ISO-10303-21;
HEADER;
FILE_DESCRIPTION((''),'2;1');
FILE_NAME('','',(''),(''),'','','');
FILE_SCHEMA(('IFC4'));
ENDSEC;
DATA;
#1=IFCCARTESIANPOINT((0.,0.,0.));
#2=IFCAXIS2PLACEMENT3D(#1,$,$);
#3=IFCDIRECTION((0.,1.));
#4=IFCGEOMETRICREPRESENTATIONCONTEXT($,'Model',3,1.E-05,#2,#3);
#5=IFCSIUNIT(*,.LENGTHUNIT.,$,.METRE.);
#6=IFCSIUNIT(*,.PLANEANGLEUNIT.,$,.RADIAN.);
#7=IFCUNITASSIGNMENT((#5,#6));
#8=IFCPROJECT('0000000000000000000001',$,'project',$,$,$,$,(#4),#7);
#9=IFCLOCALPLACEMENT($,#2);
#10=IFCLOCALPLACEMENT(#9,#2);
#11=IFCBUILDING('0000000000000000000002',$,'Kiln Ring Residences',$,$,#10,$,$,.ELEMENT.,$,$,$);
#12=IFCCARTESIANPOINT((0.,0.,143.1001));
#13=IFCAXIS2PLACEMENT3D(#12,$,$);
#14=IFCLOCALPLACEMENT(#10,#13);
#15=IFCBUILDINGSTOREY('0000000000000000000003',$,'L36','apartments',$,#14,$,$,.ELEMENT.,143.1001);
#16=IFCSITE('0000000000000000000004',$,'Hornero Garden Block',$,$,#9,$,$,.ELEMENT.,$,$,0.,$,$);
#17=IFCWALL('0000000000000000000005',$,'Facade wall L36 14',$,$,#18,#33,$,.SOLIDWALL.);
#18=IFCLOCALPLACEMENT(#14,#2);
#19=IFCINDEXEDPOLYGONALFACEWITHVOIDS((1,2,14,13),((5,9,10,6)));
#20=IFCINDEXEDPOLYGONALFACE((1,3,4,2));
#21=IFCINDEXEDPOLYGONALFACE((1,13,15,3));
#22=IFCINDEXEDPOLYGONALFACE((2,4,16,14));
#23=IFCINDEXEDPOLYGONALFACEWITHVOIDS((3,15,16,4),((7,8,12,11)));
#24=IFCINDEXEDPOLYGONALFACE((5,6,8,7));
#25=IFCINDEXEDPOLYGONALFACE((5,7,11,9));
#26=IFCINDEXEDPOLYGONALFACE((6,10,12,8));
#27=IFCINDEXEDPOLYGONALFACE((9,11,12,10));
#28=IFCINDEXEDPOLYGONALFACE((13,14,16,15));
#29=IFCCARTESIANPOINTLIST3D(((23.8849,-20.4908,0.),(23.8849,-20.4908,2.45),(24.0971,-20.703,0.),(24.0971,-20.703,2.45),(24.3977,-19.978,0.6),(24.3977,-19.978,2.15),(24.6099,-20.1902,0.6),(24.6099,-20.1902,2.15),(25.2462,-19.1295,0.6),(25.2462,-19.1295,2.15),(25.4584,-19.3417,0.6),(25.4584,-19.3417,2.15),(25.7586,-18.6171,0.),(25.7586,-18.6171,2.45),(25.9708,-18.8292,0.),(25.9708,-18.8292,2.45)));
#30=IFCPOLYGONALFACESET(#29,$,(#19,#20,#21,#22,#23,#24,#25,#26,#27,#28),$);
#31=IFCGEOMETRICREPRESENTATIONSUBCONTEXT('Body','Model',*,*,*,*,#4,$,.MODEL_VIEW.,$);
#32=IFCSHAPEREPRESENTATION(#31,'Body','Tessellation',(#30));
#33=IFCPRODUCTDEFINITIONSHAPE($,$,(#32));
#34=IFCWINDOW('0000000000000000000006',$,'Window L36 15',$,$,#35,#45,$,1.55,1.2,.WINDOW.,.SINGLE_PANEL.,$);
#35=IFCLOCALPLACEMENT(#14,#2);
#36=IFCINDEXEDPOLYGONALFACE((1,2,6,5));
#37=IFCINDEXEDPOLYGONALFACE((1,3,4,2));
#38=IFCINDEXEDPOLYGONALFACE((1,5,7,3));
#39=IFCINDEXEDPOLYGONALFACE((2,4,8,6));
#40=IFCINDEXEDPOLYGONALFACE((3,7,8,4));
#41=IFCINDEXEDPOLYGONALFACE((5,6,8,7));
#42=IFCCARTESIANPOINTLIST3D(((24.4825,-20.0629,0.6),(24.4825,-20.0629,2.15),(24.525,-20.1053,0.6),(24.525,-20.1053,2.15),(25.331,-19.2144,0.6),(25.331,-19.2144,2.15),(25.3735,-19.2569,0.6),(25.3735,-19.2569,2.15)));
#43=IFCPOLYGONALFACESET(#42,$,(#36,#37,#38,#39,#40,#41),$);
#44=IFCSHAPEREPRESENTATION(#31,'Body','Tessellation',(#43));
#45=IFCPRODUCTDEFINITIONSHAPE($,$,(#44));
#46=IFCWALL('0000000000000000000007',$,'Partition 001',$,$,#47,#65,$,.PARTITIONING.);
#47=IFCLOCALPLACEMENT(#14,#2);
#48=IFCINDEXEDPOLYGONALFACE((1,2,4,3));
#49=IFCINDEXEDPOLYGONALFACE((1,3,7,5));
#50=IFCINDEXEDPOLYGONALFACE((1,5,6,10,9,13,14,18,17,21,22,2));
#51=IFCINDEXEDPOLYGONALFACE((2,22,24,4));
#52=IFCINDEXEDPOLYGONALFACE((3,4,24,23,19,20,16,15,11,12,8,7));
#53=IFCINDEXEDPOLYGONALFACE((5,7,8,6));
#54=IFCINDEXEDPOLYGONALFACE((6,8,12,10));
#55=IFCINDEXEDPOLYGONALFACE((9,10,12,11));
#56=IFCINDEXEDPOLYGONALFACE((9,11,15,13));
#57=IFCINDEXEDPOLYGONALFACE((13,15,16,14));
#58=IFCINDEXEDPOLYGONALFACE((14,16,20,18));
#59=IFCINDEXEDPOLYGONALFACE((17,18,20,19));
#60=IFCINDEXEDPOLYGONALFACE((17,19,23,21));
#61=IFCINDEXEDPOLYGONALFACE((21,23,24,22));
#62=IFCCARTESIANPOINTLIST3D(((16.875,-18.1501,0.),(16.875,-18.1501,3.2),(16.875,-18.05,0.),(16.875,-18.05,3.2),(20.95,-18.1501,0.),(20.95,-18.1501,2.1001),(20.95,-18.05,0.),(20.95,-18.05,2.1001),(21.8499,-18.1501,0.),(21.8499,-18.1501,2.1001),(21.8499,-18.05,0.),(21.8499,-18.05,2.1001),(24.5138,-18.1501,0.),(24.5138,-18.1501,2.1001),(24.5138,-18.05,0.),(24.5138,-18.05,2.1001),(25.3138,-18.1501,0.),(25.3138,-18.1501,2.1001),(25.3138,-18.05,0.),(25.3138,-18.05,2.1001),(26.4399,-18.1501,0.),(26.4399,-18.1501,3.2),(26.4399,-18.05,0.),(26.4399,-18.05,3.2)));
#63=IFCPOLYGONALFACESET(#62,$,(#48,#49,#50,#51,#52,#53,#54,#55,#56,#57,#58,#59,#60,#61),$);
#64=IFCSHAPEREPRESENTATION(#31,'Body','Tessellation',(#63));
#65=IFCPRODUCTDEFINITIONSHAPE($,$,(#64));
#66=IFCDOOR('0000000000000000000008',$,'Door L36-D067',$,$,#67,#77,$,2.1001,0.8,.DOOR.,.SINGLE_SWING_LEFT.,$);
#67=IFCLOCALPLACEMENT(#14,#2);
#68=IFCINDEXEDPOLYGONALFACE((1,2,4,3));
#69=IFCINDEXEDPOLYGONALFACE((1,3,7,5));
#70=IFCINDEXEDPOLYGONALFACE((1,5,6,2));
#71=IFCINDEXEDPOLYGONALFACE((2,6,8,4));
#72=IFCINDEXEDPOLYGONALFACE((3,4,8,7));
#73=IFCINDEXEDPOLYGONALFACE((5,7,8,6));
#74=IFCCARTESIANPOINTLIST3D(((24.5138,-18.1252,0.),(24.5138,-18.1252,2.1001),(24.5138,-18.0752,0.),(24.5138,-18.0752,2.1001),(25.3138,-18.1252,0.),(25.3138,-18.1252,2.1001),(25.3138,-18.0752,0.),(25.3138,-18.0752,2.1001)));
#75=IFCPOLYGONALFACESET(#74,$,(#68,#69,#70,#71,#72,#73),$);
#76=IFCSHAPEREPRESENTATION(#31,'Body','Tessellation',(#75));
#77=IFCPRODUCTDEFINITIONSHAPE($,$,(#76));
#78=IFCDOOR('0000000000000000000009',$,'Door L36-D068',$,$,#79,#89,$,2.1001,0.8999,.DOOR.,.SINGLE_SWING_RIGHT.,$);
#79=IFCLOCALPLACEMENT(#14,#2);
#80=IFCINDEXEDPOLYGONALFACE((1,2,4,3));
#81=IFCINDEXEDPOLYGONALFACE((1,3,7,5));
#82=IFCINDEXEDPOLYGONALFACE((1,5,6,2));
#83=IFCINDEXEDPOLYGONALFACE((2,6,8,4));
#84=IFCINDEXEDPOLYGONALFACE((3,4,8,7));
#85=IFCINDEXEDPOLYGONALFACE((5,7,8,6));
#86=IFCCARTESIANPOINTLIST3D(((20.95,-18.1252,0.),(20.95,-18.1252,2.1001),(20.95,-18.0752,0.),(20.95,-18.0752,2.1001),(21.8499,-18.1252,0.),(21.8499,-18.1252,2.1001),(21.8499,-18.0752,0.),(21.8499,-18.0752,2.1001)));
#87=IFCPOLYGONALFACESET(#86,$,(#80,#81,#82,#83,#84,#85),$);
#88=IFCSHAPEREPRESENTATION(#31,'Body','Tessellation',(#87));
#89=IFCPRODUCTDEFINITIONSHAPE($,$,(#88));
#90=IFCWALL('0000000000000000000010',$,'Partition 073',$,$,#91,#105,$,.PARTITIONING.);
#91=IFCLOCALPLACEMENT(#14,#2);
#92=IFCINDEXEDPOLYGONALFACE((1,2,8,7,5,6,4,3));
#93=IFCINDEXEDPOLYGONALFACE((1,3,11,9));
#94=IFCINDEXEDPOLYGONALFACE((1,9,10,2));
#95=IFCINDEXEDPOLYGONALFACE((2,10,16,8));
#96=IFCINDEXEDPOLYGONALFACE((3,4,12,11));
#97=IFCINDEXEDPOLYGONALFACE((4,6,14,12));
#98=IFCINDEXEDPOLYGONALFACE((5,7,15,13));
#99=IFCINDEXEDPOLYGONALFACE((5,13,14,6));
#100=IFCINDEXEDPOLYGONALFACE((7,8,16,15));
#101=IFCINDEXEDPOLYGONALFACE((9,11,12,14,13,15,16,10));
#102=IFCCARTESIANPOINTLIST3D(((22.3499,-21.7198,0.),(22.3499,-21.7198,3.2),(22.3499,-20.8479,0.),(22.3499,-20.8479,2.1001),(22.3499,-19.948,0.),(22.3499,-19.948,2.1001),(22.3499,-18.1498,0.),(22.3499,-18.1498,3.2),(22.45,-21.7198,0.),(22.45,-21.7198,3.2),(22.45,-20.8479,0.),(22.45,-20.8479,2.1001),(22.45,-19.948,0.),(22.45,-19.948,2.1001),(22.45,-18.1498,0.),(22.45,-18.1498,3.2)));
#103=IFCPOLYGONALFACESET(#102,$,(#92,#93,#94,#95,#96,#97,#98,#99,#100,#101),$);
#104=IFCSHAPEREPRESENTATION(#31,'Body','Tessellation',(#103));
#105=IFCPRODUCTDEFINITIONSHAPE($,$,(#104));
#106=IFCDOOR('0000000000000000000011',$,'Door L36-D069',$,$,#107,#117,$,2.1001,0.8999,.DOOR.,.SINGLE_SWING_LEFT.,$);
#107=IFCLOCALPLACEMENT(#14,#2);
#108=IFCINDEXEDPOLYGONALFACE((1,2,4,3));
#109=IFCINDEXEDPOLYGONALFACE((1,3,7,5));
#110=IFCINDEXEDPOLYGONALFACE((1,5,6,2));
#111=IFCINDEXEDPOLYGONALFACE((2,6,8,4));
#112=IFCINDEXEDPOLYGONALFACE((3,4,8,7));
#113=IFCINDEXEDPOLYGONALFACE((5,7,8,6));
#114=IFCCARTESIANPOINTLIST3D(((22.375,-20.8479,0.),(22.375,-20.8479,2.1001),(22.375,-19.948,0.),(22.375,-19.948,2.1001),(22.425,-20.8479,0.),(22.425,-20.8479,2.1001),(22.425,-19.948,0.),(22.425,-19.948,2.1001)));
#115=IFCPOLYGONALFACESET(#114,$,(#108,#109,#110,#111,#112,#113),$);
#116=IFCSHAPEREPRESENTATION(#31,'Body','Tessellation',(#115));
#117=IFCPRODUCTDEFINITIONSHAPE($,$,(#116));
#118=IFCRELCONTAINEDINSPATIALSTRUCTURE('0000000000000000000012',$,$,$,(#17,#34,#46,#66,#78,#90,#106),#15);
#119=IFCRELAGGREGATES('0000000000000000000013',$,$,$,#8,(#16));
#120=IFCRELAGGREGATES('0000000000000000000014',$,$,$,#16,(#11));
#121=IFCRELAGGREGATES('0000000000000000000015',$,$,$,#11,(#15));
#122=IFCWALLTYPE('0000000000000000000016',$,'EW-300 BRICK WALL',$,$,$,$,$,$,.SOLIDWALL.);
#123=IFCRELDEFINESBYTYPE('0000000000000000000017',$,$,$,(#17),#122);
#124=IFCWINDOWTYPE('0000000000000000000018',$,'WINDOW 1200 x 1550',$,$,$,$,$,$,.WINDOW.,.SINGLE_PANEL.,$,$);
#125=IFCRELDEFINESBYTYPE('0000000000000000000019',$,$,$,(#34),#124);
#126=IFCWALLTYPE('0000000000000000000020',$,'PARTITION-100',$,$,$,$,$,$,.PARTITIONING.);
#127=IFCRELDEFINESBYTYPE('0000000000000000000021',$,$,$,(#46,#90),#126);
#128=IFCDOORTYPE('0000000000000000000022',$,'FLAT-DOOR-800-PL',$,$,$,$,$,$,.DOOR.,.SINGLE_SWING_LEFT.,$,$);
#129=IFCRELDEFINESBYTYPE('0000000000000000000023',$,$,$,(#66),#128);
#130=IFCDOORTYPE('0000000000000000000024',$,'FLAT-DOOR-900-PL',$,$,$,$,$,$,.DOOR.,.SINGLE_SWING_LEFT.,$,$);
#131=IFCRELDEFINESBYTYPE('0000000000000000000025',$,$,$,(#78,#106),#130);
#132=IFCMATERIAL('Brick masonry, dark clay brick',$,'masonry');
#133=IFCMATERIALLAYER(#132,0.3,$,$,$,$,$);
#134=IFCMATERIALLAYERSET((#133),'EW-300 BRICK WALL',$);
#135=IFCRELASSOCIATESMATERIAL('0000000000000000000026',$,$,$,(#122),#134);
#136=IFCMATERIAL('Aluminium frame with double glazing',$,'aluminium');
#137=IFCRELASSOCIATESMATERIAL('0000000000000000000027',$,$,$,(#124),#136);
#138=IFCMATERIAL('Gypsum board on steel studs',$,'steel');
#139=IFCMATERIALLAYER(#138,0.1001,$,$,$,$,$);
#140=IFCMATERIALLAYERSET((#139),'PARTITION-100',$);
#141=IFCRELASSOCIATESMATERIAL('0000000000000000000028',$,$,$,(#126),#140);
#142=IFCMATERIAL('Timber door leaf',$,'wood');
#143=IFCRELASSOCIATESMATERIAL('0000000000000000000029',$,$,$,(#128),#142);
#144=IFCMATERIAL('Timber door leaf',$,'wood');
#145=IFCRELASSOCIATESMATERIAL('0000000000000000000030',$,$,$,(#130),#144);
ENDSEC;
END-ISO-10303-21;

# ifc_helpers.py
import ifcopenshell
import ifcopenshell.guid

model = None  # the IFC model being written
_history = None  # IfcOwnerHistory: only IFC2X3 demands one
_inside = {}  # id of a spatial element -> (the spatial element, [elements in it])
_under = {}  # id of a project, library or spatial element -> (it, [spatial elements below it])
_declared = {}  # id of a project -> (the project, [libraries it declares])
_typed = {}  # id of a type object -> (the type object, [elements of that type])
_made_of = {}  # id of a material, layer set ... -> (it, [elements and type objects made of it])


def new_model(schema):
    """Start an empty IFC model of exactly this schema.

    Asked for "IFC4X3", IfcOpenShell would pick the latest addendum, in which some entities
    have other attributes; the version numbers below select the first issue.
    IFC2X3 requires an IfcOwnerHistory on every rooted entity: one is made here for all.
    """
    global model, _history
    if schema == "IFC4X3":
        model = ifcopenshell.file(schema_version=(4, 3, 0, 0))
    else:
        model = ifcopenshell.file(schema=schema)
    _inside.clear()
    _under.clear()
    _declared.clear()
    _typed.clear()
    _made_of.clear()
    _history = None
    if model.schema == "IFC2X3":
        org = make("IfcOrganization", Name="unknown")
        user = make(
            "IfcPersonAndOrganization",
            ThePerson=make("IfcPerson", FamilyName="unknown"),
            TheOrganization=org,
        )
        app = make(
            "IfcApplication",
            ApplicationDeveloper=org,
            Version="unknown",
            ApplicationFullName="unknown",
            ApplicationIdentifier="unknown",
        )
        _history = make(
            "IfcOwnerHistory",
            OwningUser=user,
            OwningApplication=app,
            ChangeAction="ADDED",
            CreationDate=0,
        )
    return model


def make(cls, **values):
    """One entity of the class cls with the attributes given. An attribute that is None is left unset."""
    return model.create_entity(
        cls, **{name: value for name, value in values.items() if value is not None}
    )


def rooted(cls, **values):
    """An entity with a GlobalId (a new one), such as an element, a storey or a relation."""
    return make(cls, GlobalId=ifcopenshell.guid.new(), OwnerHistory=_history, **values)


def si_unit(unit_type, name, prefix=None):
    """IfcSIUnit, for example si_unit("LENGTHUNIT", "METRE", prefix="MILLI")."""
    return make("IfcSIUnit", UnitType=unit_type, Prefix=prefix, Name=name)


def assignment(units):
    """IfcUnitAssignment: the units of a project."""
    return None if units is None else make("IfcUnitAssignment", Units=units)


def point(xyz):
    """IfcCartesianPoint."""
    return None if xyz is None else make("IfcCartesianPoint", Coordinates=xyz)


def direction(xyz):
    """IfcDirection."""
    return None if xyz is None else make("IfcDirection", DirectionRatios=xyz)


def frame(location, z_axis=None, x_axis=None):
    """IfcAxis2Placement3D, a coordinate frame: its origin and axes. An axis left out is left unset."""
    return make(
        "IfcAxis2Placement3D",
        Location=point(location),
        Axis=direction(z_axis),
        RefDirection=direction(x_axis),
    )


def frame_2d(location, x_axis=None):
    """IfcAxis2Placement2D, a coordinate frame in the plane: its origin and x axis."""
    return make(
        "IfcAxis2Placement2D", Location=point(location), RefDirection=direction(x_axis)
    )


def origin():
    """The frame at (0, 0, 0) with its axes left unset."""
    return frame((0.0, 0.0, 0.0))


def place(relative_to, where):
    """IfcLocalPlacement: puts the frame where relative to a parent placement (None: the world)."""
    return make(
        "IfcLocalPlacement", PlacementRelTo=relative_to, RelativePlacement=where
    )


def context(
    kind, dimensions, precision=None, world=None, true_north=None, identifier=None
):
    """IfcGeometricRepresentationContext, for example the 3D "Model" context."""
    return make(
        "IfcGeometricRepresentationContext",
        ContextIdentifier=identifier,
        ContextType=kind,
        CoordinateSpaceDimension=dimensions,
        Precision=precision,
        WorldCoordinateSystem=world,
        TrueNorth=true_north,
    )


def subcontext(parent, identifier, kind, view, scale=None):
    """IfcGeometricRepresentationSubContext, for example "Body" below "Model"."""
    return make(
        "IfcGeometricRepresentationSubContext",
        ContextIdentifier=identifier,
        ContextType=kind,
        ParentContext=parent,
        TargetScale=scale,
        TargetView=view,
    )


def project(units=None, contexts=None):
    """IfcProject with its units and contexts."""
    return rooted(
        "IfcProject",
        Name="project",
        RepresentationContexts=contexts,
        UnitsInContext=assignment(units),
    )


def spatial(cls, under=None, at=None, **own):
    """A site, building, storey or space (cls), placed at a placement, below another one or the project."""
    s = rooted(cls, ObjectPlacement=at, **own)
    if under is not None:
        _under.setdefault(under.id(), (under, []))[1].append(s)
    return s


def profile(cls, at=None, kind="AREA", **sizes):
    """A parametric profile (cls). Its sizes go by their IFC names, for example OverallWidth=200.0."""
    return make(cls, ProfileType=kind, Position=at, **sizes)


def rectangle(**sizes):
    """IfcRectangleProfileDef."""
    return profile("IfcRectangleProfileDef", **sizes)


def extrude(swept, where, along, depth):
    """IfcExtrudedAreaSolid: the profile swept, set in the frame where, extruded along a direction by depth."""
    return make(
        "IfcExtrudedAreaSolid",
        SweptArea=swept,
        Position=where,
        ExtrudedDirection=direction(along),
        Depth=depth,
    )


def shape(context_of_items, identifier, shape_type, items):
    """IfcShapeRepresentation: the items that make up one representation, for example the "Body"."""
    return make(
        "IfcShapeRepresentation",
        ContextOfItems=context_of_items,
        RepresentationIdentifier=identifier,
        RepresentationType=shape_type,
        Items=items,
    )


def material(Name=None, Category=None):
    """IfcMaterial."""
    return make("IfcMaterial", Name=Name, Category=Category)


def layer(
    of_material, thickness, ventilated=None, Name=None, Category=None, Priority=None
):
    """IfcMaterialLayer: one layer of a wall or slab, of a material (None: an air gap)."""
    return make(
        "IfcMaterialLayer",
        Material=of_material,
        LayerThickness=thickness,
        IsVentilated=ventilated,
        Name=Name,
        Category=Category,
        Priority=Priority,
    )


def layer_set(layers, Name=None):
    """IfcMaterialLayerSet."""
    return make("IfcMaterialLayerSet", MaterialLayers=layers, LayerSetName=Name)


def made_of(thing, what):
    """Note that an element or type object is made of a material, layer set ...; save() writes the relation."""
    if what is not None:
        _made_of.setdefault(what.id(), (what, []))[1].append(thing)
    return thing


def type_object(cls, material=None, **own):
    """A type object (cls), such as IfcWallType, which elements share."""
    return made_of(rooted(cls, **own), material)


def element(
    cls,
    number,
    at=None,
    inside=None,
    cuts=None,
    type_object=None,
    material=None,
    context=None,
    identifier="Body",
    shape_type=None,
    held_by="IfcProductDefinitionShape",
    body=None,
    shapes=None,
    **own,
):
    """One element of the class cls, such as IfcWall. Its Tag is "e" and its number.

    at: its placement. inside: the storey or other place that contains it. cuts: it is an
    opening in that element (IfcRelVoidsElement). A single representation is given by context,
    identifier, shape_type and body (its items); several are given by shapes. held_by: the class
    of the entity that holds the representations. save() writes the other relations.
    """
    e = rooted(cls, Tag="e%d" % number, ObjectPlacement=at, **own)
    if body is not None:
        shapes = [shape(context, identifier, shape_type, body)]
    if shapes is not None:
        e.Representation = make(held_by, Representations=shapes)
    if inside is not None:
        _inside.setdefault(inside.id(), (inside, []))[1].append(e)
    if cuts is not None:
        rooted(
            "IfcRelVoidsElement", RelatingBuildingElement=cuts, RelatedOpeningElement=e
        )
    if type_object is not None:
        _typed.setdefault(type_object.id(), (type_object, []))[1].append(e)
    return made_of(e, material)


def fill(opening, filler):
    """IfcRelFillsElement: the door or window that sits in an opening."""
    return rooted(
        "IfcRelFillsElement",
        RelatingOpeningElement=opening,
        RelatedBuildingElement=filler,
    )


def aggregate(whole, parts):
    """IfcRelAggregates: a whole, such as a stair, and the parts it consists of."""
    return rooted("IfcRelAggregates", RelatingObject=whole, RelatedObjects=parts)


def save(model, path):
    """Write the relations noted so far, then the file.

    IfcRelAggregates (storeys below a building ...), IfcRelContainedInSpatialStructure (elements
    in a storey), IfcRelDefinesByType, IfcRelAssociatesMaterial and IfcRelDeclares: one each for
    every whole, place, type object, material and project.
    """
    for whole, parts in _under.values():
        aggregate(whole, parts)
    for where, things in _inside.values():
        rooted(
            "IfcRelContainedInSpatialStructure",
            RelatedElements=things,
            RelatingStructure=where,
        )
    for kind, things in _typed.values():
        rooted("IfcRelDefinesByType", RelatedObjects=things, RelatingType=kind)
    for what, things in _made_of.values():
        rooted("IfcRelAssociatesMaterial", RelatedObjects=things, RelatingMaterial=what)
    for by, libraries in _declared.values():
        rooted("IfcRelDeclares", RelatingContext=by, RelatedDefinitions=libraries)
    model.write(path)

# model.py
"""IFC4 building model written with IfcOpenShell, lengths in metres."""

from ifc_helpers import new_model, si_unit, direction, frame, frame_2d, origin, place, context, subcontext, project, spatial, rectangle, extrude, material, layer, layer_set, type_object, element, fill, save


model = new_model("IFC4")

# Units and contexts
model_context = context("Model", 3, precision=1e-05, world=origin(), true_north=direction((0.0, 1.0)))
body_context = subcontext(model_context, "Body", "Model", "MODEL_VIEW")
ifc_project = project(units=[si_unit("LENGTHUNIT", "METRE"), si_unit("PLANEANGLEUNIT", "RADIAN")], contexts=[model_context])

# Site, building, storey
site_placement = place(None, origin())
site = spatial("IfcSite", under=ifc_project, at=site_placement, Name="Hornero Garden Block", CompositionType="ELEMENT", RefElevation=0.0)
building_placement = place(site_placement, origin())
building = spatial("IfcBuilding", under=site, at=building_placement, Name="Kiln Ring Residences", CompositionType="ELEMENT")
storey_placement = place(building_placement, frame((0.0, 0.0, 143.1001)))
storey = spatial("IfcBuildingStorey", under=building, at=storey_placement, Name="L36", Description="apartments", CompositionType="ELEMENT", Elevation=143.1001)

# Wall, opening, window
ifc_material_1 = material(Name="Brick masonry, dark clay brick", Category="masonry")
ifc_layer_1 = layer(ifc_material_1, 0.3)
ifc_layer_set_1 = layer_set([ifc_layer_1], Name="EW-300 BRICK WALL")
wall_type_1 = type_object("IfcWallType", Name="EW-300 BRICK WALL", PredefinedType="SOLIDWALL", material=ifc_layer_set_1)
wall_1_placement = place(storey_placement, frame((23.991, -20.5969, 0.0), z_axis=(0.0, 0.0, 1.0), x_axis=(0.707107, 0.707107, 0.0)))
wall_1 = element("IfcWall", 1, at=wall_1_placement, inside=storey, type_object=wall_type_1, Name="Facade wall L36 14", PredefinedType="SOLIDWALL", context=body_context, shape_type="SweptSolid", body=[
    extrude(rectangle(XDim=2.6499, YDim=0.3, at=frame_2d((1.325, 0.0))), origin(), (0.0, 0.0, 1.0), 2.45),
])
opening_1_placement = place(wall_1_placement, frame((0.7251, 0.0, 0.6001)))
opening_1 = element("IfcOpeningElement", 2, at=opening_1_placement, cuts=wall_1, PredefinedType="OPENING", context=body_context, shape_type="SweptSolid", body=[
    extrude(rectangle(XDim=1.2, YDim=1.55, at=frame_2d((0.6001, 0.7749))), frame((0.0, 0.1599, 0.0), z_axis=(0.0, -1.0, 0.0), x_axis=(1.0, 0.0, 0.0)), (0.0, 0.0, 1.0), 0.3201),
])
ifc_material_2 = material(Name="Aluminium frame with double glazing", Category="aluminium")
window_type_1 = type_object("IfcWindowType", Name="WINDOW 1200 x 1550", PartitioningType="SINGLE_PANEL", PredefinedType="WINDOW", material=ifc_material_2)
window_1_placement = place(opening_1_placement, origin())
window_1 = element("IfcWindow", 3, at=window_1_placement, inside=storey, type_object=window_type_1, Name="Window L36 15", OverallHeight=1.55, OverallWidth=1.2, PartitioningType="SINGLE_PANEL", PredefinedType="WINDOW", context=body_context, shape_type="SweptSolid", body=[
    extrude(rectangle(XDim=1.2, YDim=1.55, at=frame_2d((0.6001, 0.7749))), frame((0.0, 0.03, 0.0), z_axis=(0.0, -1.0, 0.0), x_axis=(1.0, 0.0, 0.0)), (0.0, 0.0, 1.0), 0.0601),
])
fill(opening_1, window_1)

# Wall, openings, doors
ifc_material_3 = material(Name="Gypsum board on steel studs", Category="steel")
ifc_layer_2 = layer(ifc_material_3, 0.1001)
ifc_layer_set_2 = layer_set([ifc_layer_2], Name="PARTITION-100")
wall_type_2 = type_object("IfcWallType", Name="PARTITION-100", PredefinedType="PARTITIONING", material=ifc_layer_set_2)
wall_2_placement = place(storey_placement, frame((16.875, -18.1001, 0.0), z_axis=(0.0, 0.0, 1.0), x_axis=(1.0, 0.0, 0.0)))
wall_2 = element("IfcWall", 4, at=wall_2_placement, inside=storey, type_object=wall_type_2, Name="Partition 001", PredefinedType="PARTITIONING", context=body_context, shape_type="SweptSolid", body=[
    extrude(rectangle(XDim=9.5649, YDim=0.1001, at=frame_2d((4.7825, 0.0))), origin(), (0.0, 0.0, 1.0), 3.2),
])
opening_2_placement = place(wall_2_placement, frame((7.6389, 0.0, 0.0)))
opening_2 = element("IfcOpeningElement", 5, at=opening_2_placement, cuts=wall_2, PredefinedType="OPENING", context=body_context, shape_type="SweptSolid", body=[
    extrude(rectangle(XDim=0.8, YDim=2.1001, at=frame_2d((0.3999, 1.05))), frame((0.0, 0.0601, 0.0), z_axis=(0.0, -1.0, 0.0), x_axis=(1.0, 0.0, 0.0)), (0.0, 0.0, 1.0), 0.1201),
])
opening_3_placement = place(wall_2_placement, frame((4.075, 0.0, 0.0)))
opening_3 = element("IfcOpeningElement", 6, at=opening_3_placement, cuts=wall_2, PredefinedType="OPENING", context=body_context, shape_type="SweptSolid", body=[
    extrude(rectangle(XDim=0.8999, YDim=2.1001, at=frame_2d((0.45, 1.05))), frame((0.0, 0.0601, 0.0), z_axis=(0.0, -1.0, 0.0), x_axis=(1.0, 0.0, 0.0)), (0.0, 0.0, 1.0), 0.1201),
])
ifc_material_4 = material(Name="Timber door leaf", Category="wood")
door_type_1 = type_object("IfcDoorType", Name="FLAT-DOOR-800-PL", OperationType="SINGLE_SWING_LEFT", PredefinedType="DOOR", material=ifc_material_4)
door_1_placement = place(opening_2_placement, origin())
door_1 = element("IfcDoor", 7, at=door_1_placement, inside=storey, type_object=door_type_1, Name="Door L36-D067", OperationType="SINGLE_SWING_LEFT", OverallHeight=2.1001, OverallWidth=0.8, PredefinedType="DOOR", context=body_context, shape_type="SweptSolid", body=[
    extrude(rectangle(XDim=0.8, YDim=2.1001, at=frame_2d((0.3999, 1.05))), frame((0.0, 0.0249, 0.0), z_axis=(0.0, -1.0, 0.0), x_axis=(1.0, 0.0, 0.0)), (0.0, 0.0, 1.0), 0.05),
])
fill(opening_2, door_1)
ifc_material_5 = material(Name="Timber door leaf", Category="wood")
door_type_2 = type_object("IfcDoorType", Name="FLAT-DOOR-900-PL", OperationType="SINGLE_SWING_LEFT", PredefinedType="DOOR", material=ifc_material_5)
door_2_placement = place(opening_3_placement, origin())
door_2 = element("IfcDoor", 8, at=door_2_placement, inside=storey, type_object=door_type_2, Name="Door L36-D068", OperationType="SINGLE_SWING_RIGHT", OverallHeight=2.1001, OverallWidth=0.8999, PredefinedType="DOOR", context=body_context, shape_type="SweptSolid", body=[
    extrude(rectangle(XDim=0.8999, YDim=2.1001, at=frame_2d((0.45, 1.05))), frame((0.0, 0.0249, 0.0), z_axis=(0.0, -1.0, 0.0), x_axis=(1.0, 0.0, 0.0)), (0.0, 0.0, 1.0), 0.05),
])
fill(opening_3, door_2)

# Wall, opening, door
wall_3_placement = place(storey_placement, frame((22.3999, -21.72, 0.0), z_axis=(0.0, 0.0, 1.0), x_axis=(0.0, 1.0, 0.0)))
wall_3 = element("IfcWall", 9, at=wall_3_placement, inside=storey, type_object=wall_type_2, Name="Partition 073", PredefinedType="PARTITIONING", context=body_context, shape_type="SweptSolid", body=[
    extrude(rectangle(XDim=3.5701, YDim=0.1001, at=frame_2d((1.7852, 0.0))), origin(), (0.0, 0.0, 1.0), 3.2),
])
opening_4_placement = place(wall_3_placement, frame((0.8721, 0.0, 0.0)))
opening_4 = element("IfcOpeningElement", 10, at=opening_4_placement, cuts=wall_3, PredefinedType="OPENING", context=body_context, shape_type="SweptSolid", body=[
    extrude(rectangle(XDim=0.8999, YDim=2.1001, at=frame_2d((0.45, 1.05))), frame((0.0, 0.0601, 0.0), z_axis=(0.0, -1.0, 0.0), x_axis=(1.0, 0.0, 0.0)), (0.0, 0.0, 1.0), 0.1201),
])
door_3_placement = place(opening_4_placement, origin())
door_3 = element("IfcDoor", 11, at=door_3_placement, inside=storey, type_object=door_type_2, Name="Door L36-D069", OperationType="SINGLE_SWING_LEFT", OverallHeight=2.1001, OverallWidth=0.8999, PredefinedType="DOOR", context=body_context, shape_type="SweptSolid", body=[
    extrude(rectangle(XDim=0.8999, YDim=2.1001, at=frame_2d((0.45, 1.05))), frame((0.0, 0.0249, 0.0), z_axis=(0.0, -1.0, 0.0), x_axis=(1.0, 0.0, 0.0)), (0.0, 0.0, 1.0), 0.05),
])
fill(opening_4, door_3)

save(model, "model.ifc")
